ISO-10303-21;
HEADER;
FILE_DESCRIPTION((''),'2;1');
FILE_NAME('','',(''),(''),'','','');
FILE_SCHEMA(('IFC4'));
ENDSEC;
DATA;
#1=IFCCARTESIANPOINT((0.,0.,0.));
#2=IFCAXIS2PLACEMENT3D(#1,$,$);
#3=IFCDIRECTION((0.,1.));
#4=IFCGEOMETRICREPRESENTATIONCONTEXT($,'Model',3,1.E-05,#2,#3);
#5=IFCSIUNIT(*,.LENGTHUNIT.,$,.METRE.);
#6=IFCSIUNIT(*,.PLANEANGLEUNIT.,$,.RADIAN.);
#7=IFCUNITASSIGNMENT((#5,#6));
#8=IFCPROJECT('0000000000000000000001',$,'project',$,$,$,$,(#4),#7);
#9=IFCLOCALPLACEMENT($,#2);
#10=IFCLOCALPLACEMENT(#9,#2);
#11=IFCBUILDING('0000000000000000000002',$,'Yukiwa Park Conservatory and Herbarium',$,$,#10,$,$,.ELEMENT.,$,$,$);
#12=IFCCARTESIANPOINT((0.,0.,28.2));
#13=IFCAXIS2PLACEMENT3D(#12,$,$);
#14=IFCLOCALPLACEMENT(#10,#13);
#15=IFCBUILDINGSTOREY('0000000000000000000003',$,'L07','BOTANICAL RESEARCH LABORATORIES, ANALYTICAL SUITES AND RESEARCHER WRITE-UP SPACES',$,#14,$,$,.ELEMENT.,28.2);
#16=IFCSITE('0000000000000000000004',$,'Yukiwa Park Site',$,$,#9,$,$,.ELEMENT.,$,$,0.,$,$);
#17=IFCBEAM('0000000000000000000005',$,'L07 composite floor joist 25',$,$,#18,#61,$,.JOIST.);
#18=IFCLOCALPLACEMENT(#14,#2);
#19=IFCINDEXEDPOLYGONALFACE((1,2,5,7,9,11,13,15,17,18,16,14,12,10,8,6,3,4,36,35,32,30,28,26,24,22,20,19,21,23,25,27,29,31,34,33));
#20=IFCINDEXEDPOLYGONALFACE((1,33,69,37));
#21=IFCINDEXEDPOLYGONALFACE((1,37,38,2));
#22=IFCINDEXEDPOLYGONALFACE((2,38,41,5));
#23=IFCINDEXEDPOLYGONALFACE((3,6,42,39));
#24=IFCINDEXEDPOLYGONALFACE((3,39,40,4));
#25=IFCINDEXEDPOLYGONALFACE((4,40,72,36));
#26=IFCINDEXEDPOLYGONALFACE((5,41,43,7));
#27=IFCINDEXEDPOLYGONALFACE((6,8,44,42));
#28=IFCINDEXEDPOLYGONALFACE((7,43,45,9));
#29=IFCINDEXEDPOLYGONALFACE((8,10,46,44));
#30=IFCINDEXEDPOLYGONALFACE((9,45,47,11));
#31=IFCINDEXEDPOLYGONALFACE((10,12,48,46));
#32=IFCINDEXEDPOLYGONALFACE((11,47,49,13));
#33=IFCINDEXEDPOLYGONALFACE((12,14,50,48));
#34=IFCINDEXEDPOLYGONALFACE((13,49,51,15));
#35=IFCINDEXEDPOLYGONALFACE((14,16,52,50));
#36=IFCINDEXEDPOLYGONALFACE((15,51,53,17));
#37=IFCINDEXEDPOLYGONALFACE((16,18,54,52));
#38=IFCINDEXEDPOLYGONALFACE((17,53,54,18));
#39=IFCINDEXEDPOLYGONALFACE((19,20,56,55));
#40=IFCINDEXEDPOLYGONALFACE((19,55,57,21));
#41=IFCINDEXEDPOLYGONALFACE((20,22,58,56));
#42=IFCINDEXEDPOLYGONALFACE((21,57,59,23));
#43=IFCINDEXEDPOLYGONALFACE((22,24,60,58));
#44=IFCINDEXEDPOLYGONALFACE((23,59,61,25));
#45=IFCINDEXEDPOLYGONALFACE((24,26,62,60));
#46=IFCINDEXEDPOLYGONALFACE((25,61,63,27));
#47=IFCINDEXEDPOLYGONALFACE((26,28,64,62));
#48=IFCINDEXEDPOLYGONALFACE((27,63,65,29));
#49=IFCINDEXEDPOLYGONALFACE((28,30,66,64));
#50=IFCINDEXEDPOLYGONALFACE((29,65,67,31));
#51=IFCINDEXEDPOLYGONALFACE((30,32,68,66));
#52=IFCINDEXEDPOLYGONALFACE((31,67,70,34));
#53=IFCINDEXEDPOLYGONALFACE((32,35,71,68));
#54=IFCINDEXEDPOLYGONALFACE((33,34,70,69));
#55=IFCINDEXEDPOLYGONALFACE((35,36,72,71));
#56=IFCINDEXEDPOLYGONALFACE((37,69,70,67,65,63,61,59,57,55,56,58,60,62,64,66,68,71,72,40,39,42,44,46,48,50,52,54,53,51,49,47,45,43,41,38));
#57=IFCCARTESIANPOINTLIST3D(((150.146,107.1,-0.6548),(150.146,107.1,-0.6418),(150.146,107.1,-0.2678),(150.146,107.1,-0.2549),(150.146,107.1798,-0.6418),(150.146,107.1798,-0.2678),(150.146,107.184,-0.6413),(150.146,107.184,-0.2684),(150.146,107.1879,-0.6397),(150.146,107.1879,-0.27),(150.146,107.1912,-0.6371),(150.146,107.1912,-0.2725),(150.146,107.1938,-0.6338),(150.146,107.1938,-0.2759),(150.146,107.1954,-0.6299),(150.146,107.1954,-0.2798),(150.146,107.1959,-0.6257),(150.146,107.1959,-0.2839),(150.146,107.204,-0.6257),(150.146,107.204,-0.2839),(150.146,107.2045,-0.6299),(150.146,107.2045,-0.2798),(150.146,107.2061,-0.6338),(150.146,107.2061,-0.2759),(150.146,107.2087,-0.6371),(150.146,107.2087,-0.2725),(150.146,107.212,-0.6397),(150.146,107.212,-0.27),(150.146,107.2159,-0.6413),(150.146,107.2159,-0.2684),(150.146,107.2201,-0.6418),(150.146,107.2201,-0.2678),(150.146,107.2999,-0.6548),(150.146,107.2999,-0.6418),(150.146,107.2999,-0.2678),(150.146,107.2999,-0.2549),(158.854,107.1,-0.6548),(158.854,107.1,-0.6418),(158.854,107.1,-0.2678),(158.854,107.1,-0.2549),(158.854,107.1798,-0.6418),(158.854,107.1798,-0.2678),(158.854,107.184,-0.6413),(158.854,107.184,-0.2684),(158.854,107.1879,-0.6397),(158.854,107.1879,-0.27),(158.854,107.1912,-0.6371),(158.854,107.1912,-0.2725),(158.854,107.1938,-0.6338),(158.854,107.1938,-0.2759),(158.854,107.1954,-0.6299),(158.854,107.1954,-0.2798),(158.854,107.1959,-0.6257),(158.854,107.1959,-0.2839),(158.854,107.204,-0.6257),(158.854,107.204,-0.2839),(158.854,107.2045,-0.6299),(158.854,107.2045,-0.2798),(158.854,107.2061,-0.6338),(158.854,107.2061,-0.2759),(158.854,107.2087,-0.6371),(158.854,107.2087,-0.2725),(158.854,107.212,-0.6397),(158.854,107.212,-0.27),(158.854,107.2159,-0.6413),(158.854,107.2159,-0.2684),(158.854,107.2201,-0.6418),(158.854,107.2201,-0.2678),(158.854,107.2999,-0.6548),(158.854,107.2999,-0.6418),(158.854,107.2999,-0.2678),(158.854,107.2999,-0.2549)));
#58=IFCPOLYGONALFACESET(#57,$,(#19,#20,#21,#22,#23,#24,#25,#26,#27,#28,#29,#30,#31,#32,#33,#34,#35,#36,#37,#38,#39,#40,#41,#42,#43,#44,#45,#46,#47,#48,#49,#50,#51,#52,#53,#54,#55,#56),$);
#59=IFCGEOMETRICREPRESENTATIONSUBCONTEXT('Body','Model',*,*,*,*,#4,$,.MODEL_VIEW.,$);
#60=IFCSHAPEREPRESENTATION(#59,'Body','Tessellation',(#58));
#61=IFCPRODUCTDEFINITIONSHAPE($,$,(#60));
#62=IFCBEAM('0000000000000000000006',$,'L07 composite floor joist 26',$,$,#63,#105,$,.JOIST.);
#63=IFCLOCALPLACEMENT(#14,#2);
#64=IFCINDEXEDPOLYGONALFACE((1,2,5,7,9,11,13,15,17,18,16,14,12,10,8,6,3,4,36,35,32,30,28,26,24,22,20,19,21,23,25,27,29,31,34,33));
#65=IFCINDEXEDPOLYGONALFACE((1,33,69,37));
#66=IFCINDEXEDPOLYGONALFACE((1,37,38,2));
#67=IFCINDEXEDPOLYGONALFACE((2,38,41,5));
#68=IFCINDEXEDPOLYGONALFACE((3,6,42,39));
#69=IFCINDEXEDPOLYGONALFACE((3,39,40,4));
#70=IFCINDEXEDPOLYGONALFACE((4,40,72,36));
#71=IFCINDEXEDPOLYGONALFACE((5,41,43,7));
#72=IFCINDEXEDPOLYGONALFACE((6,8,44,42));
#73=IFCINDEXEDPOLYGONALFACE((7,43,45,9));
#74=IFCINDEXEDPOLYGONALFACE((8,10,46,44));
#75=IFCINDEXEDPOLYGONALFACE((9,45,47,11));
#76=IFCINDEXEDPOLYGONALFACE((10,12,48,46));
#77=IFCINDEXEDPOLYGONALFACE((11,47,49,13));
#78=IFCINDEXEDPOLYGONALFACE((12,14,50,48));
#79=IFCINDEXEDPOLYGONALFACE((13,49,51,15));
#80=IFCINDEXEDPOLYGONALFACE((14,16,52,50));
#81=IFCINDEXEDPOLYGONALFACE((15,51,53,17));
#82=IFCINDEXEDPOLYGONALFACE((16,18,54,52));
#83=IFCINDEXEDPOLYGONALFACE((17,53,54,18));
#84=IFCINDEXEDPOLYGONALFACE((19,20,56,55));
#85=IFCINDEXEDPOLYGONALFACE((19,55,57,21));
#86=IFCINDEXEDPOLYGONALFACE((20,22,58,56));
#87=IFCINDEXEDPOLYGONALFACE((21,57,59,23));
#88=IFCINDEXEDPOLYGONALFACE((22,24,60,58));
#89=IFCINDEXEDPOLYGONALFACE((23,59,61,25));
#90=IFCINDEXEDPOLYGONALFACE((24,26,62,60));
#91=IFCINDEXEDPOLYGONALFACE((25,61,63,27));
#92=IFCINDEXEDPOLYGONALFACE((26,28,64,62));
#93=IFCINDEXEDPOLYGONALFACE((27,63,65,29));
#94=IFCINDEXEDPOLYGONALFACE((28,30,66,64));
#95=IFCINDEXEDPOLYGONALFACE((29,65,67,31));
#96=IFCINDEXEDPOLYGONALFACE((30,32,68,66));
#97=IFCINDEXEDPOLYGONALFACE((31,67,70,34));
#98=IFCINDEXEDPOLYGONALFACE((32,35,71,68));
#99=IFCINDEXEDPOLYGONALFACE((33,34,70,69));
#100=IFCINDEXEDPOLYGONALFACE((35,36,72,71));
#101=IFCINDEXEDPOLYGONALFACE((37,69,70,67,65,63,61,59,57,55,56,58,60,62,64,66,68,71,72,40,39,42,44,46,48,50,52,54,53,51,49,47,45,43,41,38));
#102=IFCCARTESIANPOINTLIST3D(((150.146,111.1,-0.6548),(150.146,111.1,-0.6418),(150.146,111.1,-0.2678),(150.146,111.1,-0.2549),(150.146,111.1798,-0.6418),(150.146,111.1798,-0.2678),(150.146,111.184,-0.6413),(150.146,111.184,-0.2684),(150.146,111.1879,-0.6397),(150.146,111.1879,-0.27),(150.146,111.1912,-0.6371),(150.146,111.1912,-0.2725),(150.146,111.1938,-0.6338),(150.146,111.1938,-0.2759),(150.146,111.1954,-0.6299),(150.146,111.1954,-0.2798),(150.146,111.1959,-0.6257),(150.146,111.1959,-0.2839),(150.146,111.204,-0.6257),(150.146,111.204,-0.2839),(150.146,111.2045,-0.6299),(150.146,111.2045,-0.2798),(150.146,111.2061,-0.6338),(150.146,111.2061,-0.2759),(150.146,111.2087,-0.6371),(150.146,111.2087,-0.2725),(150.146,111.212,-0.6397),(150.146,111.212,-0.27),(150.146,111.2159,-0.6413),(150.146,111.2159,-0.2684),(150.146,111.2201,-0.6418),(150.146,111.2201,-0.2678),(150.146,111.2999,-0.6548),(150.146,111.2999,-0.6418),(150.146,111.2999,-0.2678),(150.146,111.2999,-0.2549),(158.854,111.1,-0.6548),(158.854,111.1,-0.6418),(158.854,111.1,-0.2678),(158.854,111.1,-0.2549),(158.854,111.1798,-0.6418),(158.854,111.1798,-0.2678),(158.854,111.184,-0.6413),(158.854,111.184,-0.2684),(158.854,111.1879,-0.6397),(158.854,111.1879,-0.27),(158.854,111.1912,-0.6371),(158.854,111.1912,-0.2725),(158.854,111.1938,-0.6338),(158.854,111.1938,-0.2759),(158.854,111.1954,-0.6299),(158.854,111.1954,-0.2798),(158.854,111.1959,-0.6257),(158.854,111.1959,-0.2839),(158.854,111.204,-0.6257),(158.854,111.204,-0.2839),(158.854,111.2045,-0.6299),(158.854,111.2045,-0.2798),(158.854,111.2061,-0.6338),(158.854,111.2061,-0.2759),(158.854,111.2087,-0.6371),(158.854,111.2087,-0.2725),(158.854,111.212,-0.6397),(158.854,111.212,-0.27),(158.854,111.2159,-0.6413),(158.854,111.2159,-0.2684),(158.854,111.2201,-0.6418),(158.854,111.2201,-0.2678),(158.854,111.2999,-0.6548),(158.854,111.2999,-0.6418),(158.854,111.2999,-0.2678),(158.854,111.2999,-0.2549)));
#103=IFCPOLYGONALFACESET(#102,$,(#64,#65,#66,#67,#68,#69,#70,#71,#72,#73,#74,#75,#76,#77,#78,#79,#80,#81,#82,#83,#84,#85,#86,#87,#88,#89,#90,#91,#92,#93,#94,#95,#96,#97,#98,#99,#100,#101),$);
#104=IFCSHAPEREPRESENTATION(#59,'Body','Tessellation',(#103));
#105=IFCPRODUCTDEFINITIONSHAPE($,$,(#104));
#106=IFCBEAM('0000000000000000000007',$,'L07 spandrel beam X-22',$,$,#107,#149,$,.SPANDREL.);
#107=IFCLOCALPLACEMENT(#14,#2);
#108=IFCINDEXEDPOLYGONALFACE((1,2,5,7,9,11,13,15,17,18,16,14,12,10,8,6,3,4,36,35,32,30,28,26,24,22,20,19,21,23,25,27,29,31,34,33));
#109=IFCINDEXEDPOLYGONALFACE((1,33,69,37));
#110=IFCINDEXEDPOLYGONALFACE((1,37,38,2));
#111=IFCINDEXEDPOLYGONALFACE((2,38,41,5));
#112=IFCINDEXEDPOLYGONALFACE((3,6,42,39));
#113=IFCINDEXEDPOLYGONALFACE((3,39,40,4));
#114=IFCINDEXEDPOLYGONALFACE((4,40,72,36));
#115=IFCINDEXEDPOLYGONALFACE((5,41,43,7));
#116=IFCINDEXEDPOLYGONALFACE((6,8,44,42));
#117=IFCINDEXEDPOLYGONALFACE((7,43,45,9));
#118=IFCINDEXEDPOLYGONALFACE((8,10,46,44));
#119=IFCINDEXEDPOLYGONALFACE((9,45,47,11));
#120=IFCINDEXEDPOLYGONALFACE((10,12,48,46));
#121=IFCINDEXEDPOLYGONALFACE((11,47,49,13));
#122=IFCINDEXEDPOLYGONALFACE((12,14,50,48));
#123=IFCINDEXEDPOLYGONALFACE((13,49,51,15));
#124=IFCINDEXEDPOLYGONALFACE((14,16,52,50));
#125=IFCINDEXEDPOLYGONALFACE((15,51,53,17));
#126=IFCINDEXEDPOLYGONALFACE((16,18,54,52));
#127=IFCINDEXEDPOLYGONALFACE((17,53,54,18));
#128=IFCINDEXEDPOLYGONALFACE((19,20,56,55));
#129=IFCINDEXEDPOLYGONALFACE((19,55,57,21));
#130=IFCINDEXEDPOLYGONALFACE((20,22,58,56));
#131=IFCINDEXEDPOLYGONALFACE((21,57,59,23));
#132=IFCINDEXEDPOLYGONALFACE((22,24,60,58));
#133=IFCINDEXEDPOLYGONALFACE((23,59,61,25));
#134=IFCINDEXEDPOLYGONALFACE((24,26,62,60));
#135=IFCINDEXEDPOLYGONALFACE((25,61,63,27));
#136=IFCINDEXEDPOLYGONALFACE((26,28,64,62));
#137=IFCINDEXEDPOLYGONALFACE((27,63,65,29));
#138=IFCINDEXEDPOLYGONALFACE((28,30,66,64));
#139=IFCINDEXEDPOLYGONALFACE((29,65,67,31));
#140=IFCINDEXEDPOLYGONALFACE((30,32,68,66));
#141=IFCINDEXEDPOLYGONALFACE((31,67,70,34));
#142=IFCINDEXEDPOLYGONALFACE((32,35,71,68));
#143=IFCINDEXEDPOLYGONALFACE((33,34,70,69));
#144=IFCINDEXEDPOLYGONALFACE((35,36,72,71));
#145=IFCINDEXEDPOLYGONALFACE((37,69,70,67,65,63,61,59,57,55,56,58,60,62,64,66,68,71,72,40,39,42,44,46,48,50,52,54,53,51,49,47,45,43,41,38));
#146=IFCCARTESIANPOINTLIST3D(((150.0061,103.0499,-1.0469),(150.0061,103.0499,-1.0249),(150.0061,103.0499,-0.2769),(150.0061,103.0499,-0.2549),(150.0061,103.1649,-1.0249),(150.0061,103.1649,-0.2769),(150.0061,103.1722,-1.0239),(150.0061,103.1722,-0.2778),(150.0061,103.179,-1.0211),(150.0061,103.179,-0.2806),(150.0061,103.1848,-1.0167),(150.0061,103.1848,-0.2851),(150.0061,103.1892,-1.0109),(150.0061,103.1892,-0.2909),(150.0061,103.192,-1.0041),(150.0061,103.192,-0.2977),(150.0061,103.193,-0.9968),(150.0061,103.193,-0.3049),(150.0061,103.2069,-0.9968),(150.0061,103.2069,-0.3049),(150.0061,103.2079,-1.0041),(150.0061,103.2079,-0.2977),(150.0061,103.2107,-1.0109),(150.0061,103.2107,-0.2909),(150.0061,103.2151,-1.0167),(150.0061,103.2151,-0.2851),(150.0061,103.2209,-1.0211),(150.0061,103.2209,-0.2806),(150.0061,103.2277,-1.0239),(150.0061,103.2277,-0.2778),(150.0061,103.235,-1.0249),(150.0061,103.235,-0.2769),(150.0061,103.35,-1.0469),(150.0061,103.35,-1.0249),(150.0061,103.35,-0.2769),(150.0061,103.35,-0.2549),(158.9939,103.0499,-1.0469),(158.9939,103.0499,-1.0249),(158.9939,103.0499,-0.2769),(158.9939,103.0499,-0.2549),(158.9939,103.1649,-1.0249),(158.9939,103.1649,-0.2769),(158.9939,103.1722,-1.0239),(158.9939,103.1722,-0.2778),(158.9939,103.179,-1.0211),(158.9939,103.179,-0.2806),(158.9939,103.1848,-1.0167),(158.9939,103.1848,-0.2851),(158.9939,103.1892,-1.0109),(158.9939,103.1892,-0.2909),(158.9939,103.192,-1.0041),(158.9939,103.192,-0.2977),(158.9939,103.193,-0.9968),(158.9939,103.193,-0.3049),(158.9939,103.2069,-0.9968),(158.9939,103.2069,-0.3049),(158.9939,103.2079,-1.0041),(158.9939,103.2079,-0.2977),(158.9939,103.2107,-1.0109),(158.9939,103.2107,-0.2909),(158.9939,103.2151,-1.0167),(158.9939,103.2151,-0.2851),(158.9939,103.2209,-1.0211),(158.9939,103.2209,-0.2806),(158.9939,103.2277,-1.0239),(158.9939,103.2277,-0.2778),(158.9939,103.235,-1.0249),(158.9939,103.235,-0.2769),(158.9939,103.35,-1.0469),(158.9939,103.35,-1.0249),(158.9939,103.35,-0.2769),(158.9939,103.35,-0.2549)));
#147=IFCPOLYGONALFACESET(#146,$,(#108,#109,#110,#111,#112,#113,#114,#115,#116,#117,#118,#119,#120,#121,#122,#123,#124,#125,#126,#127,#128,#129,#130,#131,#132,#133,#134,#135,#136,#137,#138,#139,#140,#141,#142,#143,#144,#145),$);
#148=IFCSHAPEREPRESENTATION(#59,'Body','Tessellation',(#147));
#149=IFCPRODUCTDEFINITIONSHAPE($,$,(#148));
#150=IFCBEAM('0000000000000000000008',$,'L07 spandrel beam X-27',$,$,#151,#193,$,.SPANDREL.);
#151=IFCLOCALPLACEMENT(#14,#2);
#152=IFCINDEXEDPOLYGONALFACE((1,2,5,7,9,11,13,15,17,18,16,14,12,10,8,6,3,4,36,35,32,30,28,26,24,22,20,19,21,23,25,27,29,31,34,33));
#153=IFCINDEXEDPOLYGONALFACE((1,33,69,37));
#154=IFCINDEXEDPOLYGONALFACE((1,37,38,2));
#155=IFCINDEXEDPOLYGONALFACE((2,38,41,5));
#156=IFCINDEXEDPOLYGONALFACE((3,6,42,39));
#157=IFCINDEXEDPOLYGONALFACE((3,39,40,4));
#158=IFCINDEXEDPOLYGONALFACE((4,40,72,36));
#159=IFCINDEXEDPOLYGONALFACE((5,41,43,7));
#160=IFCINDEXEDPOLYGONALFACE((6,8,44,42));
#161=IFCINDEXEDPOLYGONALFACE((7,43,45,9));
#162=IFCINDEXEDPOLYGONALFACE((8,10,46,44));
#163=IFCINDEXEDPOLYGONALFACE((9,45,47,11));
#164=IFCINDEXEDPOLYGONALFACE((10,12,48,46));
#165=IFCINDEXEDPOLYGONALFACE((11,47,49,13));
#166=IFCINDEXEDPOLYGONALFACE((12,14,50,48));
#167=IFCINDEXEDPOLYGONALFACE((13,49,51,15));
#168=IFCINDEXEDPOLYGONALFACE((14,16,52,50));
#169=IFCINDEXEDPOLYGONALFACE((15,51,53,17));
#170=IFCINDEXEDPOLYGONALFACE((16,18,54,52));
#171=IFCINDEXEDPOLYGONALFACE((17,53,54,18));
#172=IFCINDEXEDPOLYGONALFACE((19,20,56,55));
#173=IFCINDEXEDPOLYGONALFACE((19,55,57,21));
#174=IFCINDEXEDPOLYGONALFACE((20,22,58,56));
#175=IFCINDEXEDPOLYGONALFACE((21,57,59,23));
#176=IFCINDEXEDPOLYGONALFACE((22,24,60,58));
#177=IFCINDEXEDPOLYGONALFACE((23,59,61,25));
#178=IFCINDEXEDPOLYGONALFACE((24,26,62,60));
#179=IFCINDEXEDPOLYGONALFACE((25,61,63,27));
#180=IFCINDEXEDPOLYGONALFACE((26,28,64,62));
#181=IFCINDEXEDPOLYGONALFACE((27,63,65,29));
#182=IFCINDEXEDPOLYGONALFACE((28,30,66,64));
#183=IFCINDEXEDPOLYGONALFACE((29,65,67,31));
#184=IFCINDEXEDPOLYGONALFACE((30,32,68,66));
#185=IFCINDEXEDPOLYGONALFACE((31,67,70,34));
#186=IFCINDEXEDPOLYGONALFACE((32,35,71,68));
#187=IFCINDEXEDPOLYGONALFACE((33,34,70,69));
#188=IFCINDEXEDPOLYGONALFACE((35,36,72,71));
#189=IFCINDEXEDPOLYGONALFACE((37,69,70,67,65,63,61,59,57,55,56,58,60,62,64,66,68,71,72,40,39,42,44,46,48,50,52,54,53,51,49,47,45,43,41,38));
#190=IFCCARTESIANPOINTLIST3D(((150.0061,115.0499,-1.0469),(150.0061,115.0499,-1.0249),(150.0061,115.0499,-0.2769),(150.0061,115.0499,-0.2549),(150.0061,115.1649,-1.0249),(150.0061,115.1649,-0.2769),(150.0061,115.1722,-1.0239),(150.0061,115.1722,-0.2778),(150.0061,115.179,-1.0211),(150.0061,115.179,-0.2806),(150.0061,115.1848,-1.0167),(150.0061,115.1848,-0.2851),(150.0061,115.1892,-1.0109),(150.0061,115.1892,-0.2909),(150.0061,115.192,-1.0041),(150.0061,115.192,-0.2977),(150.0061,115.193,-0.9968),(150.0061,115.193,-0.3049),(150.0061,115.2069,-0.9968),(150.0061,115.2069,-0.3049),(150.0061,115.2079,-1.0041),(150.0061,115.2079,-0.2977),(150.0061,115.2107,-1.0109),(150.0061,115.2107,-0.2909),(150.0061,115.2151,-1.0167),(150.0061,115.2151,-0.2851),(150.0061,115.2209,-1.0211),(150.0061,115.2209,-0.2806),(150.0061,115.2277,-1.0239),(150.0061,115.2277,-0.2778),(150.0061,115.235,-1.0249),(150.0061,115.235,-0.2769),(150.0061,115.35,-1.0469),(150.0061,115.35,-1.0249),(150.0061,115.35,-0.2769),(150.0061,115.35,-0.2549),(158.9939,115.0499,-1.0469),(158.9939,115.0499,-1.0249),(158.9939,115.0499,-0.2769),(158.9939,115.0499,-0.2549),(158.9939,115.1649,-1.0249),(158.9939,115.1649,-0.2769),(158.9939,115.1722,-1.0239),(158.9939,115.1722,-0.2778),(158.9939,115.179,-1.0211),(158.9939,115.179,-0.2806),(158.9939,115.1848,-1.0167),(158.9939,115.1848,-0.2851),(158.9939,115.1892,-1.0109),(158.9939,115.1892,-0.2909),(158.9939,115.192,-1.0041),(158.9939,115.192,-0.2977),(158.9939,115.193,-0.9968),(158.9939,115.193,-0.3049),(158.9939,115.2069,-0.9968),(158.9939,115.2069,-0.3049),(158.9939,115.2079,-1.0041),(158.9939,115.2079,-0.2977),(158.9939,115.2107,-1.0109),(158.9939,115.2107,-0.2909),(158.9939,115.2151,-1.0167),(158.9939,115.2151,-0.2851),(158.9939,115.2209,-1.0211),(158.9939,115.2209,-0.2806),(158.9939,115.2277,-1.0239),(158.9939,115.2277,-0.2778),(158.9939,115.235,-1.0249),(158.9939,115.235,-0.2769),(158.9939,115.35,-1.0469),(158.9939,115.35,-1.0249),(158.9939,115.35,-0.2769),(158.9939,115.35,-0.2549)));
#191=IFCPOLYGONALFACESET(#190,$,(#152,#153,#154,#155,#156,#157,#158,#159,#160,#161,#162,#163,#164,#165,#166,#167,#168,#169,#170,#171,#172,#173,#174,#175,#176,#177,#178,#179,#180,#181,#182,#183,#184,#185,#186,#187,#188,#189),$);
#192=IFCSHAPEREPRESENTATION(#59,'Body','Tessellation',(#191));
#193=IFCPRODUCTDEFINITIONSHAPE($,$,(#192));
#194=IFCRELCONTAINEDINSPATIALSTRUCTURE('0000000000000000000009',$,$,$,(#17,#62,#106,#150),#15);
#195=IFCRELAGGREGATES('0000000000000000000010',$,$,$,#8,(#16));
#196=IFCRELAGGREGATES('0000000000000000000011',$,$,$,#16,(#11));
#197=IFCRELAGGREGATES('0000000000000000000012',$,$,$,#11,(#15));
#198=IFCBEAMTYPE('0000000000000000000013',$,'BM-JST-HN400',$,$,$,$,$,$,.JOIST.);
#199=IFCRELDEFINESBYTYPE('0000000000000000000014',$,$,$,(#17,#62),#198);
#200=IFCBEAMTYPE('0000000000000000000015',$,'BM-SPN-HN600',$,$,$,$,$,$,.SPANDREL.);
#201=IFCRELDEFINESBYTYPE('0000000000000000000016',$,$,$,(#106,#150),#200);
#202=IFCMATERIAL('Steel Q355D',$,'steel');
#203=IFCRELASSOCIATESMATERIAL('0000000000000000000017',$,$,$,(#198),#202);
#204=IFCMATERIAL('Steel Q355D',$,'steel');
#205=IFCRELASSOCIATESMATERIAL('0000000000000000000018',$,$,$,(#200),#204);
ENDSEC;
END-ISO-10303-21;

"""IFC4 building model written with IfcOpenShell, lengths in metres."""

from ifc_helpers import new_model, si_unit, direction, frame, origin, origin_2d, place, context, subcontext, project, spatial, i_section, extrude, material, material_profile, profile_set, type_object, element, save


model = new_model("IFC4")

# Units and contexts
model_context = context("Model", 3, precision=1e-05, world=origin(), true_north=direction((0.0, 1.0)))
body_context = subcontext(model_context, "Body", "Model", "MODEL_VIEW")
ifc_project = project(units=[si_unit("LENGTHUNIT", "METRE"), si_unit("PLANEANGLEUNIT", "RADIAN")], contexts=[model_context])

# Site, building, storey
site_placement = place(None, origin())
site = spatial("IfcSite", under=ifc_project, at=site_placement, Name="Yukiwa Park Site", CompositionType="ELEMENT", RefElevation=0.0)
building_placement = place(site_placement, origin())
building = spatial("IfcBuilding", under=site, at=building_placement, Name="Yukiwa Park Conservatory and Herbarium", CompositionType="ELEMENT")
storey_placement = place(building_placement, frame((0.0, 0.0, 28.2)))
storey = spatial("IfcBuildingStorey", under=building, at=storey_placement, Name="L07", Description="BOTANICAL RESEARCH LABORATORIES, ANALYTICAL SUITES AND RESEARCHER WRITE-UP SPACES", CompositionType="ELEMENT", Elevation=28.2)

# Beams
ifc_material_1 = material(Name="Steel Q355D", Category="steel")
ifc_material_profile_1 = material_profile(ifc_material_1, i_section(OverallWidth=0.2, OverallDepth=0.3999, WebThickness=0.0081, FlangeThickness=0.0129, FilletRadius=0.0161, at=origin_2d()), Name="HN 400x200x8x13")
ifc_profile_set_1 = profile_set([ifc_material_profile_1], Name="Steel Q355D")
beam_type_1 = type_object("IfcBeamType", Name="BM-JST-HN400", PredefinedType="JOIST", material=ifc_profile_set_1)
for number, where, z_axis, x_axis, name in (
    (1, (150.146, 107.2, -0.4548), (1.0, 0.0, 0.0), (0.0, 1.0, 0.0), "L07 composite floor joist 25"),
    (2, (150.146, 111.2, -0.4548), (1.0, 0.0, 0.0), (0.0, 1.0, 0.0), "L07 composite floor joist 26"),
):
    element("IfcBeam", number, at=place(storey_placement, frame(where, z_axis=z_axis, x_axis=x_axis)), inside=storey, type_object=beam_type_1, Name=name, PredefinedType="JOIST", context=body_context, shape_type="SweptSolid", body=[
        extrude(i_section(OverallWidth=0.2, OverallDepth=0.3999, WebThickness=0.0081, FlangeThickness=0.0129, FilletRadius=0.0161, at=origin_2d()), origin(), (0.0, 0.0, 1.0), 8.708),
    ])
ifc_material_2 = material(Name="Steel Q355D", Category="steel")
ifc_material_profile_2 = material_profile(ifc_material_2, i_section(OverallWidth=0.3, OverallDepth=0.792, WebThickness=0.0139, FlangeThickness=0.022, FilletRadius=0.0281, at=origin_2d()), Name="HN 792x300x14x22")
ifc_profile_set_2 = profile_set([ifc_material_profile_2], Name="Steel Q355D")
beam_type_2 = type_object("IfcBeamType", Name="BM-SPN-HN600", PredefinedType="SPANDREL", material=ifc_profile_set_2)
for number, where, z_axis, x_axis, name in (
    (3, (150.0061, 103.2, -0.6509), (1.0, 0.0, 0.0), (0.0, 1.0, 0.0), "L07 spandrel beam X-22"),
    (4, (150.0061, 115.2, -0.6509), (1.0, 0.0, 0.0), (0.0, 1.0, 0.0), "L07 spandrel beam X-27"),
):
    element("IfcBeam", number, at=place(storey_placement, frame(where, z_axis=z_axis, x_axis=x_axis)), inside=storey, type_object=beam_type_2, Name=name, PredefinedType="SPANDREL", context=body_context, shape_type="SweptSolid", body=[
        extrude(i_section(OverallWidth=0.3, OverallDepth=0.792, WebThickness=0.0139, FlangeThickness=0.022, FilletRadius=0.0281, at=origin_2d()), origin(), (0.0, 0.0, 1.0), 8.9878),
    ])

save(model, "model.ifc")
